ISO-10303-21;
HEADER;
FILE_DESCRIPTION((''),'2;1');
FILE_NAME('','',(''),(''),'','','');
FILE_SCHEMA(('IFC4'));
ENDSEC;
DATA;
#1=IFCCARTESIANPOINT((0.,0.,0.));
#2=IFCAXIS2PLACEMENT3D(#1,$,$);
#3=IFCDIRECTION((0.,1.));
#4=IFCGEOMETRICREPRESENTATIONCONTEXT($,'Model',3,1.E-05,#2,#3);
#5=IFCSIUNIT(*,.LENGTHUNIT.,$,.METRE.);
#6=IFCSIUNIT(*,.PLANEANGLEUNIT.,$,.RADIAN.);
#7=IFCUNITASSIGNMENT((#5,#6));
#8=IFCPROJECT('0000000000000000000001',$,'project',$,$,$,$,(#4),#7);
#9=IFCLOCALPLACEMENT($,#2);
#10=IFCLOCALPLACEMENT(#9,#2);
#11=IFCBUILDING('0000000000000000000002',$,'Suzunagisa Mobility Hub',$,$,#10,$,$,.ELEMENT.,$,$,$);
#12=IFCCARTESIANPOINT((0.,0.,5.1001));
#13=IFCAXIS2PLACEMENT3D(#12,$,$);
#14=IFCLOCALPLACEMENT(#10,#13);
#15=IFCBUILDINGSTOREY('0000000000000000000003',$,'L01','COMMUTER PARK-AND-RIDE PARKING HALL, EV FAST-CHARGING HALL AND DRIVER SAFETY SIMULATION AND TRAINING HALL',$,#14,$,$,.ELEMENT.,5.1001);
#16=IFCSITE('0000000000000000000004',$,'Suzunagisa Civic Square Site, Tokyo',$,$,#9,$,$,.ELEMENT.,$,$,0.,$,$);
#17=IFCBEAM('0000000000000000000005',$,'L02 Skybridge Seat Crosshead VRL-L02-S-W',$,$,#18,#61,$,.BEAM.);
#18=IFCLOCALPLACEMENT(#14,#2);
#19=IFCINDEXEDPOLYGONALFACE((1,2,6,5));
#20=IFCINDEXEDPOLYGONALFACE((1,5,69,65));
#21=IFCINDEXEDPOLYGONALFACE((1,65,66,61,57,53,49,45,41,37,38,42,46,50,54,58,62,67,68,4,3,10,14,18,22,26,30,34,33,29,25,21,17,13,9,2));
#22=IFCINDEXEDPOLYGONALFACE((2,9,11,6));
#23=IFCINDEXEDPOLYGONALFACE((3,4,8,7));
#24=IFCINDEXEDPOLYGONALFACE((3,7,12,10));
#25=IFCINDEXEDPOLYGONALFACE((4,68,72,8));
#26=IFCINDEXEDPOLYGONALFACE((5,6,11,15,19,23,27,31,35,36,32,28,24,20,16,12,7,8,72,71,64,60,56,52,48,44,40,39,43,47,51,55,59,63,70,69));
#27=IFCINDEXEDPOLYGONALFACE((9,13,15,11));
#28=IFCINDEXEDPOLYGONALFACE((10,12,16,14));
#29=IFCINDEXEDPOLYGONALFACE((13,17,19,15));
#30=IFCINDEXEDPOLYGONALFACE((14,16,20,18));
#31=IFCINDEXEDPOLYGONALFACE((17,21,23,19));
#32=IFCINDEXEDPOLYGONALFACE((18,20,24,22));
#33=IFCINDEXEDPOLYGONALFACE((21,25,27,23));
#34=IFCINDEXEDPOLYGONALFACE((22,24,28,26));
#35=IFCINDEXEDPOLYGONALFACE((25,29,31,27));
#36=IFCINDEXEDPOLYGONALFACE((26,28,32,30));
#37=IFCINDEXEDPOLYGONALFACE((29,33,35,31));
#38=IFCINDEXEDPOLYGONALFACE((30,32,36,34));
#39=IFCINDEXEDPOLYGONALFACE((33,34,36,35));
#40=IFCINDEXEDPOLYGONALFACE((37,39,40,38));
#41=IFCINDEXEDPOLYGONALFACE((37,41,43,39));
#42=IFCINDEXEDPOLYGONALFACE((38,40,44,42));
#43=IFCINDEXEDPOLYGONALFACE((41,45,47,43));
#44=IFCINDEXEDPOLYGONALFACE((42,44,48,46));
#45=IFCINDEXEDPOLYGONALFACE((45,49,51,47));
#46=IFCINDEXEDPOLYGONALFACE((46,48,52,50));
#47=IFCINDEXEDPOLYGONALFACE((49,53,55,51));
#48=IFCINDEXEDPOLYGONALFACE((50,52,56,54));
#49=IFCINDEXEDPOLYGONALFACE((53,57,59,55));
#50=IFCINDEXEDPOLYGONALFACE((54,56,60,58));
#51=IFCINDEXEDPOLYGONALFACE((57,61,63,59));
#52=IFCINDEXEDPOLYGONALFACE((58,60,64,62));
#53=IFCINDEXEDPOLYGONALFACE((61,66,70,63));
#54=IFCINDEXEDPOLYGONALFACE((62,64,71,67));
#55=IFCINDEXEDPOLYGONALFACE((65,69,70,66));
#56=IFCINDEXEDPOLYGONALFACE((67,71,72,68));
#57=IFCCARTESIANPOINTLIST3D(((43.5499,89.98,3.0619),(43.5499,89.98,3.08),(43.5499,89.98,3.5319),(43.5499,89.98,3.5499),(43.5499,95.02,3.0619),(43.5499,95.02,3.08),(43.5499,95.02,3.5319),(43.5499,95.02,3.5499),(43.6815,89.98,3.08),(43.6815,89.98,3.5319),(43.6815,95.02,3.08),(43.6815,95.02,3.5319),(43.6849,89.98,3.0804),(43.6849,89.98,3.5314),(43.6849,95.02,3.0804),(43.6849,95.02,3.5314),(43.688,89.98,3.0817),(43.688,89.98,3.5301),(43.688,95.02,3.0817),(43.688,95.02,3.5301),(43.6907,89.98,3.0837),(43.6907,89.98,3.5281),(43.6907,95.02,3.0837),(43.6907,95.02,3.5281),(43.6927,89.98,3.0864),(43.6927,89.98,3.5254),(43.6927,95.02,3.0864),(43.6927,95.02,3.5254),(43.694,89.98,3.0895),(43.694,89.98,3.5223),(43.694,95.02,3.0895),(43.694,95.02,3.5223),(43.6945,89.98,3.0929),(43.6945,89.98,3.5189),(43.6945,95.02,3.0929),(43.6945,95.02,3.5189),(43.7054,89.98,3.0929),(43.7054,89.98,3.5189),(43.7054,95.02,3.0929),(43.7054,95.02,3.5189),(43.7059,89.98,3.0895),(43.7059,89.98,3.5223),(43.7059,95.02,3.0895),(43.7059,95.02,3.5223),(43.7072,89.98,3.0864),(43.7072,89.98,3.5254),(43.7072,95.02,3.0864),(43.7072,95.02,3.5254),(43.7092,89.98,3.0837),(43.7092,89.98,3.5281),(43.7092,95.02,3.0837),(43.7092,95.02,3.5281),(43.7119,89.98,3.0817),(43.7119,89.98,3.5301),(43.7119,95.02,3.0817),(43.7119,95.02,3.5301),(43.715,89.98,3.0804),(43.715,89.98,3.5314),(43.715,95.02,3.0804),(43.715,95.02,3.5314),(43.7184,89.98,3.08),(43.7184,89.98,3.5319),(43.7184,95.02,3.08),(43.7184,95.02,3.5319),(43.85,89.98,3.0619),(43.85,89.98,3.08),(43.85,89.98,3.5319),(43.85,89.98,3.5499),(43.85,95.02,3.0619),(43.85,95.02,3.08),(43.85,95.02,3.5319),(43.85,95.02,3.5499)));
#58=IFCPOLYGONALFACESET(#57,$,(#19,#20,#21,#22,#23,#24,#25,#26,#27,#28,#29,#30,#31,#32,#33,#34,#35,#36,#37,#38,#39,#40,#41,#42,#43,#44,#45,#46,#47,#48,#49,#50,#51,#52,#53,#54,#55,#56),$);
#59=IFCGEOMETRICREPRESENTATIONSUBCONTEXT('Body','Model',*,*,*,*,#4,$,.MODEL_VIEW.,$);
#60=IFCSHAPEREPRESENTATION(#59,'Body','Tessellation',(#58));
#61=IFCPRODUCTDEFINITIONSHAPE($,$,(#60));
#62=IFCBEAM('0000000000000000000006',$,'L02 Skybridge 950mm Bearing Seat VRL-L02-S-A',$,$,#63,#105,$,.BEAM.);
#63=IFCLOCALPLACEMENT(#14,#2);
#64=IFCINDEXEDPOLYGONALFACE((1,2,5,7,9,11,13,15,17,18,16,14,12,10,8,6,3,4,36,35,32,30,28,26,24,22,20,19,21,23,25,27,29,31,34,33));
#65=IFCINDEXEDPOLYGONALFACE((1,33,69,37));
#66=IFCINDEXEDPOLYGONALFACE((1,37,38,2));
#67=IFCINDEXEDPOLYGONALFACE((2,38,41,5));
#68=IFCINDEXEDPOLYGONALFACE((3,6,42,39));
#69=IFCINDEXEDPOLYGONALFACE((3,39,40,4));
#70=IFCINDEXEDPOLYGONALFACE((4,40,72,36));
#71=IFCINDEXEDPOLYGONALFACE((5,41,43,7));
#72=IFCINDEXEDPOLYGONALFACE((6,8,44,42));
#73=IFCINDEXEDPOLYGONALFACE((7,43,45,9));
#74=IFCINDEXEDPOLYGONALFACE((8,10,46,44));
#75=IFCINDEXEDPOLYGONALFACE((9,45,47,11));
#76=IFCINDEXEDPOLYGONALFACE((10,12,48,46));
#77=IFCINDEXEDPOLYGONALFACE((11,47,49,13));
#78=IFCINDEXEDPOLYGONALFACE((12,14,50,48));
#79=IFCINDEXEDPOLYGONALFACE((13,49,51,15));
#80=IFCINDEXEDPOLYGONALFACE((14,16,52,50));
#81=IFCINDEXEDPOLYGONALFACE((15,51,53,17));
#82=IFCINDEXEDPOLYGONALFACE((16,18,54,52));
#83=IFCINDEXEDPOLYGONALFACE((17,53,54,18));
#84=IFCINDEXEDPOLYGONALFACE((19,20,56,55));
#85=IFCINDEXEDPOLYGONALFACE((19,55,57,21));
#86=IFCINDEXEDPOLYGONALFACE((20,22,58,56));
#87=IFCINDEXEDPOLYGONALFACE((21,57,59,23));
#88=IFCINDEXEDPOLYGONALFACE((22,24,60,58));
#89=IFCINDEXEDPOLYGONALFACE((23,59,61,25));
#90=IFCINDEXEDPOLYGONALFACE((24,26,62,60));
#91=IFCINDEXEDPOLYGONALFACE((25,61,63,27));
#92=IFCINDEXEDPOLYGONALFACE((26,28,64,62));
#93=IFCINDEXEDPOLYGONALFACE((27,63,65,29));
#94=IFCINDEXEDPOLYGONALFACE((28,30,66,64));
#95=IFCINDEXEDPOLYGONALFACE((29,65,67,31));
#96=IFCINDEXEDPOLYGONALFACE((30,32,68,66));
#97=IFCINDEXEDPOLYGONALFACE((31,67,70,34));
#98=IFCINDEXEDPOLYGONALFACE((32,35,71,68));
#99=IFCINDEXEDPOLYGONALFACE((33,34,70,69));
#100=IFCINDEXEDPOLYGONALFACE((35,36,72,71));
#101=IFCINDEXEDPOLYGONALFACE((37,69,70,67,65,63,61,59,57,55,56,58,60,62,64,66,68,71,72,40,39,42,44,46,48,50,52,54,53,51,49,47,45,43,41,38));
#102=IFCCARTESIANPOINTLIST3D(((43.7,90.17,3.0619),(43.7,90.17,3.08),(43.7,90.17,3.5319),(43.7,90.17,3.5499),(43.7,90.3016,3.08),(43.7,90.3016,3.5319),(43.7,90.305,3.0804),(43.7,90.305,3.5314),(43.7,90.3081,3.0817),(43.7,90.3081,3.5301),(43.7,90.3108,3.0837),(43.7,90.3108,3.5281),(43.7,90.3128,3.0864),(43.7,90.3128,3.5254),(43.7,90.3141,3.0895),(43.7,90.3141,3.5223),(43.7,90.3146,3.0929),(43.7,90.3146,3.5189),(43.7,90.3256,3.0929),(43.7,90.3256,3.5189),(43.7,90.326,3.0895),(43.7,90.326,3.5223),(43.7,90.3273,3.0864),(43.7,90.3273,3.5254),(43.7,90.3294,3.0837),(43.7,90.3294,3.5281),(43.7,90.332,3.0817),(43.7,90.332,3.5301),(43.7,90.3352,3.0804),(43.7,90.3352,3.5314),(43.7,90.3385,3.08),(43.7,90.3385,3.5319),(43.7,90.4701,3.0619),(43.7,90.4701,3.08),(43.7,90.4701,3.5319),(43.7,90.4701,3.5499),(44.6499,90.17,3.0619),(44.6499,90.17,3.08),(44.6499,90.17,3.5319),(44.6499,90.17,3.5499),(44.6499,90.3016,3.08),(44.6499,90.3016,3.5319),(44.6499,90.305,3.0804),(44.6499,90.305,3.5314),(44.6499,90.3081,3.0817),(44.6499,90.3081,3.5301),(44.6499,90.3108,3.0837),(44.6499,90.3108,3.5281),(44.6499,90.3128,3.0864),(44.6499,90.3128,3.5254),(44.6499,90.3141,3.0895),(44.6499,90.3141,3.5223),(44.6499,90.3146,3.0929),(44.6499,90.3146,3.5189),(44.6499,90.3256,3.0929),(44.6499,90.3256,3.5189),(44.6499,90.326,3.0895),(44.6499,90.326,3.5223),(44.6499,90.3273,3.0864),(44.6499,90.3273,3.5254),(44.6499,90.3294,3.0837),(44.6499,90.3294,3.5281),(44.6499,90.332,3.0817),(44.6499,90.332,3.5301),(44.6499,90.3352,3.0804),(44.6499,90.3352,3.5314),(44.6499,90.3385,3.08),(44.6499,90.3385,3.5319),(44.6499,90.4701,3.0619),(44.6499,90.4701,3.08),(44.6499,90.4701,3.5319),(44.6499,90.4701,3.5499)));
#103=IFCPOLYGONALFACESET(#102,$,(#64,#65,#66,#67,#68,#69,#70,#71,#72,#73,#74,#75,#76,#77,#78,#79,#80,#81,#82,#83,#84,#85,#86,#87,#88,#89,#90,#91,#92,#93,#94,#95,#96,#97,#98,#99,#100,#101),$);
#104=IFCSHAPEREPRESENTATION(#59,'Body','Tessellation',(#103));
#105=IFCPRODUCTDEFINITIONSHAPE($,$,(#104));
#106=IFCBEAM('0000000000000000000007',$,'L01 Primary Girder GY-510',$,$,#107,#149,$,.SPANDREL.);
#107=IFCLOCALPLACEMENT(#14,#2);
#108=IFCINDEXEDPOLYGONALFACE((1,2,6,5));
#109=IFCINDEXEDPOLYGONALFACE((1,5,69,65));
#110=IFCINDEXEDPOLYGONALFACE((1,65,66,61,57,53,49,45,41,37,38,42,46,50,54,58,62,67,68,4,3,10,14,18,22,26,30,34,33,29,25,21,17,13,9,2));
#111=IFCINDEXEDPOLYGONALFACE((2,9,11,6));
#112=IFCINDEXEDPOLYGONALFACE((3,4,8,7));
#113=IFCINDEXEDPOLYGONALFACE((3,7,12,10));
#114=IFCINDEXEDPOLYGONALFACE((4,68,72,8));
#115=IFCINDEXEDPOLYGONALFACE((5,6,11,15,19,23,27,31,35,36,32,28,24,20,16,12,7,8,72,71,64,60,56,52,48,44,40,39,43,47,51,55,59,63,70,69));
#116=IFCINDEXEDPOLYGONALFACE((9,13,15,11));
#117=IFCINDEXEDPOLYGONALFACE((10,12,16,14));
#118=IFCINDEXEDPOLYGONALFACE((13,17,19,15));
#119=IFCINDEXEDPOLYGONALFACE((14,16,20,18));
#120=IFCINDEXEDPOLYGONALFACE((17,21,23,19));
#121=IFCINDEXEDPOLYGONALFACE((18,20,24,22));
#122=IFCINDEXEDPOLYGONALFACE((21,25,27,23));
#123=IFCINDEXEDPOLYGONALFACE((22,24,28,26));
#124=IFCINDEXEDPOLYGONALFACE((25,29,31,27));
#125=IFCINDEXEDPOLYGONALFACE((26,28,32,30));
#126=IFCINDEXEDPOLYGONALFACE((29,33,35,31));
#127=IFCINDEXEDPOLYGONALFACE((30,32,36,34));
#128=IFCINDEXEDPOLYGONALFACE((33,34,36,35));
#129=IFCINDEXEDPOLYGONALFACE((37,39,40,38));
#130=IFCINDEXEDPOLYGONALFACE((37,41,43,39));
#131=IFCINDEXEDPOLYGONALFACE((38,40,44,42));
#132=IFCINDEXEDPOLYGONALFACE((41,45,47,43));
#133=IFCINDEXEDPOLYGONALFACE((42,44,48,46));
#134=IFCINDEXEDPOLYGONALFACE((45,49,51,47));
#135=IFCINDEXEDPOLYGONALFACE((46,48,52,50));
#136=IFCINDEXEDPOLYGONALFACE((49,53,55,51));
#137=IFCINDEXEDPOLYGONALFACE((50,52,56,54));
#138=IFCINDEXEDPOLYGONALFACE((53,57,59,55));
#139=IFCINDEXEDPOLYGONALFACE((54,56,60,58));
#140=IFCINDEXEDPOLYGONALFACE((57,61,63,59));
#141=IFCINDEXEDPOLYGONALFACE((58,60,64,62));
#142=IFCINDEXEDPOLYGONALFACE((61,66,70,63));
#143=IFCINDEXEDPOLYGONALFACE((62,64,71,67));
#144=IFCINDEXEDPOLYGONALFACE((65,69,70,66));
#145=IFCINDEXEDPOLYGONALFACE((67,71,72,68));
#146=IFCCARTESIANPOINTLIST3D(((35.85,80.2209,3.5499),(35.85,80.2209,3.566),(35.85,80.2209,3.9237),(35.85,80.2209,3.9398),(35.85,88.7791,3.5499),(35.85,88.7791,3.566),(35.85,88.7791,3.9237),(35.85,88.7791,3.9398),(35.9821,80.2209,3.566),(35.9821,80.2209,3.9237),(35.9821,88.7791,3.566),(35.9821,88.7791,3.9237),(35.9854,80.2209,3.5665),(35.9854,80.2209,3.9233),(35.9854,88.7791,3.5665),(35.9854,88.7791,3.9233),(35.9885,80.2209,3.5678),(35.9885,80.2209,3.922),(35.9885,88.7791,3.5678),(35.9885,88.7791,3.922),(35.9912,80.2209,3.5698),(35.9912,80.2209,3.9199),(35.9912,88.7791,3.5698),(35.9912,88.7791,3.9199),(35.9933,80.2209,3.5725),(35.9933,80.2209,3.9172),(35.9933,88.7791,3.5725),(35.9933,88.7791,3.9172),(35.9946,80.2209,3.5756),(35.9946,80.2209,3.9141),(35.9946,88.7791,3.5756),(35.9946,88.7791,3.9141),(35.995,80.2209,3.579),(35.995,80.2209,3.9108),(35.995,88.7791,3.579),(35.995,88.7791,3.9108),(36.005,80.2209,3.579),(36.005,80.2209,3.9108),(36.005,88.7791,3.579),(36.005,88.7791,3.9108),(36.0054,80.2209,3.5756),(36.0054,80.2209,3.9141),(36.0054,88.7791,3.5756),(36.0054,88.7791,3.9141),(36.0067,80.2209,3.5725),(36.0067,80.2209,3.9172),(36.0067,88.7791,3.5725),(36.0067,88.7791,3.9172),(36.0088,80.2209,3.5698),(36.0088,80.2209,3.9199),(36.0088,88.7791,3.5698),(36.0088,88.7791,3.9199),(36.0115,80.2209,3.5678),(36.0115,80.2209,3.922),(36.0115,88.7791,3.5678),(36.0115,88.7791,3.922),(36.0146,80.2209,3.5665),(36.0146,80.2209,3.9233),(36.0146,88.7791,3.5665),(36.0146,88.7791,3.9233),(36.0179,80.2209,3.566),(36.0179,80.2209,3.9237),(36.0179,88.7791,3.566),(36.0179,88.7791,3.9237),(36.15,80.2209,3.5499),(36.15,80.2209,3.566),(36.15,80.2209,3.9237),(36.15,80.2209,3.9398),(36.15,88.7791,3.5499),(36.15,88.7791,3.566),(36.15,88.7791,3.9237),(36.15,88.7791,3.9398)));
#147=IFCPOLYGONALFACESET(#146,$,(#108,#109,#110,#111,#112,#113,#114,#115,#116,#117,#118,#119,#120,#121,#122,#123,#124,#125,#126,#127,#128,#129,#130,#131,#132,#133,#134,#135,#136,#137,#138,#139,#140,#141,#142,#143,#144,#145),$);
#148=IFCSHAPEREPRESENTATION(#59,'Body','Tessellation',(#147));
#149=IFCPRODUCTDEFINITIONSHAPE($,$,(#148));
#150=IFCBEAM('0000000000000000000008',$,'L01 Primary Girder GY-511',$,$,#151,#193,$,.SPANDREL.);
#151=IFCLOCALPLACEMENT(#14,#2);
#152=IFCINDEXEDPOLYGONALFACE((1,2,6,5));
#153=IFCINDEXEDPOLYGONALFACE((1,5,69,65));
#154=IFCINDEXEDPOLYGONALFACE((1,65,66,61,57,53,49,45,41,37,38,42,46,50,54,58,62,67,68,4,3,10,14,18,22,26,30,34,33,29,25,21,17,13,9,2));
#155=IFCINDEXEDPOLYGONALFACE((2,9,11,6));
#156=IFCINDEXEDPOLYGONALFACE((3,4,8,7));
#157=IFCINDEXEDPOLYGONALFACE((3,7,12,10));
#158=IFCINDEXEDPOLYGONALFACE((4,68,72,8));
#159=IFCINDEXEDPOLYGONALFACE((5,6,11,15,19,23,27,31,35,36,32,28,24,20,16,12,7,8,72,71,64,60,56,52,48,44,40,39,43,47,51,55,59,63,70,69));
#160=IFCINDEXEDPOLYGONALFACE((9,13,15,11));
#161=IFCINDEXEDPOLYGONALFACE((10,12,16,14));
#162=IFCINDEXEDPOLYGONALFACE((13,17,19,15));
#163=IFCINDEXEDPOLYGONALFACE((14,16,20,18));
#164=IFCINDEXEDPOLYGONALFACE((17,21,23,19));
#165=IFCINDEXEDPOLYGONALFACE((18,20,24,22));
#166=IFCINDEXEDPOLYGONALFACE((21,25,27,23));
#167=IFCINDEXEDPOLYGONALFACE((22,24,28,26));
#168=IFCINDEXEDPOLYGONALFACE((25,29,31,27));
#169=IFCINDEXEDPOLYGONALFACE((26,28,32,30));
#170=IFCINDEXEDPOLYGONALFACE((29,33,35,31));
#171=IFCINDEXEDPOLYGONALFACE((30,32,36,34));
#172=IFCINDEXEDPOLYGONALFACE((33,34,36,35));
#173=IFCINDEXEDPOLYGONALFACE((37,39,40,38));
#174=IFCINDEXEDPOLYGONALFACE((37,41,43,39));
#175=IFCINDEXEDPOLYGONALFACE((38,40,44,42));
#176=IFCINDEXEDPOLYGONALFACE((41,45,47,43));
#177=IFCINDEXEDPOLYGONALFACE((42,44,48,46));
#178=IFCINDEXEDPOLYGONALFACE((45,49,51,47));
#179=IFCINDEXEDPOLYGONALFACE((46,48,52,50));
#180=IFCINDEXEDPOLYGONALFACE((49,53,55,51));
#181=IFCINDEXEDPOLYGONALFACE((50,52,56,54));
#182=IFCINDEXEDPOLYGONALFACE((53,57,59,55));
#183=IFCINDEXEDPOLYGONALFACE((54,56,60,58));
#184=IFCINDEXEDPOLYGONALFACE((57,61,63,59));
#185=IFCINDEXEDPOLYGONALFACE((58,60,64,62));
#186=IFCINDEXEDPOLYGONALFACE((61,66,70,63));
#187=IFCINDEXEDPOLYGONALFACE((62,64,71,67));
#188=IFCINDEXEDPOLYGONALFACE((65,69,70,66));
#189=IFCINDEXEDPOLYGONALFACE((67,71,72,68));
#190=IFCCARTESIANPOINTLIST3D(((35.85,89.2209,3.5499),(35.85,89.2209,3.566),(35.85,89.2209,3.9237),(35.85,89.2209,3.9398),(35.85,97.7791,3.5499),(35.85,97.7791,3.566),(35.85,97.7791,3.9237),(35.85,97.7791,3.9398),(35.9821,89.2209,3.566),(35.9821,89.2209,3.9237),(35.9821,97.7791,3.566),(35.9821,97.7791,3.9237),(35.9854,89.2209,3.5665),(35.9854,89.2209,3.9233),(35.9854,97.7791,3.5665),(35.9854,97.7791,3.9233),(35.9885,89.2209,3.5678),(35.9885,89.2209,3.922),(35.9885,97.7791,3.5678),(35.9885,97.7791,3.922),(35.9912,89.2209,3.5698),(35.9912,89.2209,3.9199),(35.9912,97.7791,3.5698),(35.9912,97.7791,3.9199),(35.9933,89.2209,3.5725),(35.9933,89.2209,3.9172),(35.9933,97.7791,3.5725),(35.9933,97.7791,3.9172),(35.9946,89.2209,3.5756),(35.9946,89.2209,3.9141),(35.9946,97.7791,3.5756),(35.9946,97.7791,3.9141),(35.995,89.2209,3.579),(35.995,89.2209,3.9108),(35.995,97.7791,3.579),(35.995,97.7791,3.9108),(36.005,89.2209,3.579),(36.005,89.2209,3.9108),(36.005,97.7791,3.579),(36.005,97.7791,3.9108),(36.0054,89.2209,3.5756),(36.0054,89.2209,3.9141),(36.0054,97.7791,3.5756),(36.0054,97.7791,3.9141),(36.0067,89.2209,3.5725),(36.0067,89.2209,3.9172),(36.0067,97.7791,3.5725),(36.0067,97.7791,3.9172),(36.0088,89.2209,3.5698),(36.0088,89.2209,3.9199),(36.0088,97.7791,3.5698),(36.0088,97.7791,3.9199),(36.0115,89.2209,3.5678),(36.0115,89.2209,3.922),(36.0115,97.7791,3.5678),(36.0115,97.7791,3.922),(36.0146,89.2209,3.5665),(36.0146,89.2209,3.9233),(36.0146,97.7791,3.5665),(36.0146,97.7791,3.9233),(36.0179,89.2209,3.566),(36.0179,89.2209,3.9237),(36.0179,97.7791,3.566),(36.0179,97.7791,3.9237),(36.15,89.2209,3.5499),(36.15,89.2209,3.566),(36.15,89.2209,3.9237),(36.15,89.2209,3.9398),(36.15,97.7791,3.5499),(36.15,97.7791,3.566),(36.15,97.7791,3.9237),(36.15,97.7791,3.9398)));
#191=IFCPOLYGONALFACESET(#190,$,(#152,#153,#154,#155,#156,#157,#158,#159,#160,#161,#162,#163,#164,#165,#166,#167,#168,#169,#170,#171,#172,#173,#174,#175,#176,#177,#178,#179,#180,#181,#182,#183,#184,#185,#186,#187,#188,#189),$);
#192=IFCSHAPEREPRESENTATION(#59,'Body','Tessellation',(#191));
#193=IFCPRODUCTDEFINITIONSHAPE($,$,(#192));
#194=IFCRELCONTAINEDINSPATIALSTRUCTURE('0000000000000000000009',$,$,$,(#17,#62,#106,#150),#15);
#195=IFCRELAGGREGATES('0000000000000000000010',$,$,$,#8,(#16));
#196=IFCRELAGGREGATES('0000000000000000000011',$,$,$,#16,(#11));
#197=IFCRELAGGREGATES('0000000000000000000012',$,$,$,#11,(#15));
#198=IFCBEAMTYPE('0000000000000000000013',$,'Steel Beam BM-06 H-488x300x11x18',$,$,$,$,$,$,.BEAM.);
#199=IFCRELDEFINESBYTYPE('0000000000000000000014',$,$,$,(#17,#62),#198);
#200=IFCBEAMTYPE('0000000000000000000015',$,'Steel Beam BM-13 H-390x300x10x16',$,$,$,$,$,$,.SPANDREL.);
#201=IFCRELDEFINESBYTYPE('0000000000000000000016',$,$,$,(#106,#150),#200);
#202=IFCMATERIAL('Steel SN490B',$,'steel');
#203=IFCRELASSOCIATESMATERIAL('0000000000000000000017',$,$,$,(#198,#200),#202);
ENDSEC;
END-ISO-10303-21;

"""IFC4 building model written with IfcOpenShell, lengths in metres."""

from ifc_helpers import new_model, si_unit, direction, frame, origin, origin_2d, place, context, subcontext, project, spatial, i_section, extrude, material, material_profile, profile_set, type_object, element, save


model = new_model("IFC4")

# Units and contexts
model_context = context("Model", 3, precision=1e-05, world=origin(), true_north=direction((0.0, 1.0)))
body_context = subcontext(model_context, "Body", "Model", "MODEL_VIEW")
ifc_project = project(units=[si_unit("LENGTHUNIT", "METRE"), si_unit("PLANEANGLEUNIT", "RADIAN")], contexts=[model_context])

# Site, building, storey
site_placement = place(None, origin())
site = spatial("IfcSite", under=ifc_project, at=site_placement, Name="Suzunagisa Civic Square Site, Tokyo", CompositionType="ELEMENT", RefElevation=0.0)
building_placement = place(site_placement, origin())
building = spatial("IfcBuilding", under=site, at=building_placement, Name="Suzunagisa Mobility Hub", CompositionType="ELEMENT")
storey_placement = place(building_placement, frame((0.0, 0.0, 5.1001)))
storey = spatial("IfcBuildingStorey", under=building, at=storey_placement, Name="L01", Description="COMMUTER PARK-AND-RIDE PARKING HALL, EV FAST-CHARGING HALL AND DRIVER SAFETY SIMULATION AND TRAINING HALL", CompositionType="ELEMENT", Elevation=5.1001)

# Shared definitions
ifc_material_1 = material(Name="Steel SN490B", Category="steel")

# Beams
ifc_material_profile_1 = material_profile(ifc_material_1, i_section(OverallWidth=0.3, OverallDepth=0.488, WebThickness=0.011, FlangeThickness=0.0181, FilletRadius=0.0129, at=origin_2d()), Name="H-488x300x11x18")
ifc_profile_set_1 = profile_set([ifc_material_profile_1], Name="Steel SN490B")
beam_type_1 = type_object("IfcBeamType", Name="Steel Beam BM-06 H-488x300x11x18", PredefinedType="BEAM", material=ifc_profile_set_1)
beam_1_placement = place(storey_placement, frame((43.7, 89.98, 3.3059), z_axis=(0.0, 1.0, 0.0), x_axis=(-1.0, 0.0, 0.0)))
element("IfcBeam", 1, at=beam_1_placement, inside=storey, type_object=beam_type_1, Name="L02 Skybridge Seat Crosshead VRL-L02-S-W", PredefinedType="BEAM", context=body_context, shape_type="SweptSolid", body=[
    extrude(i_section(OverallWidth=0.3, OverallDepth=0.488, WebThickness=0.011, FlangeThickness=0.0181, FilletRadius=0.0129, at=origin_2d()), origin(), (0.0, 0.0, 1.0), 5.04),
])
beam_2_placement = place(storey_placement, frame((43.7, 90.3201, 3.3059), z_axis=(1.0, 0.0, 0.0), x_axis=(0.0, 1.0, 0.0)))
element("IfcBeam", 2, at=beam_2_placement, inside=storey, type_object=beam_type_1, Name="L02 Skybridge 950mm Bearing Seat VRL-L02-S-A", PredefinedType="BEAM", context=body_context, shape_type="SweptSolid", body=[
    extrude(i_section(OverallWidth=0.3, OverallDepth=0.488, WebThickness=0.011, FlangeThickness=0.0181, FilletRadius=0.0129, at=origin_2d()), origin(), (0.0, 0.0, 1.0), 0.95),
])
ifc_material_profile_2 = material_profile(ifc_material_1, i_section(OverallWidth=0.3, OverallDepth=0.3899, WebThickness=0.01, FlangeThickness=0.0161, FilletRadius=0.0129, at=origin_2d()), Name="H-390x300x10x16")
ifc_profile_set_2 = profile_set([ifc_material_profile_2], Name="Steel SN490B")
beam_type_2 = type_object("IfcBeamType", Name="Steel Beam BM-13 H-390x300x10x16", PredefinedType="SPANDREL", material=ifc_profile_set_2)
for number, where, z_axis, x_axis, name in (
    (3, (36.0, 80.2209, 3.7449), (0.0, 1.0, 0.0), (-1.0, 0.0, 0.0), "L01 Primary Girder GY-510"),
    (4, (36.0, 89.2209, 3.7449), (0.0, 1.0, 0.0), (-1.0, 0.0, 0.0), "L01 Primary Girder GY-511"),
):
    element("IfcBeam", number, at=place(storey_placement, frame(where, z_axis=z_axis, x_axis=x_axis)), inside=storey, type_object=beam_type_2, Name=name, PredefinedType="SPANDREL", context=body_context, shape_type="SweptSolid", body=[
        extrude(i_section(OverallWidth=0.3, OverallDepth=0.3899, WebThickness=0.01, FlangeThickness=0.0161, FilletRadius=0.0129, at=origin_2d()), origin(), (0.0, 0.0, 1.0), 8.5581),
    ])

save(model, "model.ifc")
